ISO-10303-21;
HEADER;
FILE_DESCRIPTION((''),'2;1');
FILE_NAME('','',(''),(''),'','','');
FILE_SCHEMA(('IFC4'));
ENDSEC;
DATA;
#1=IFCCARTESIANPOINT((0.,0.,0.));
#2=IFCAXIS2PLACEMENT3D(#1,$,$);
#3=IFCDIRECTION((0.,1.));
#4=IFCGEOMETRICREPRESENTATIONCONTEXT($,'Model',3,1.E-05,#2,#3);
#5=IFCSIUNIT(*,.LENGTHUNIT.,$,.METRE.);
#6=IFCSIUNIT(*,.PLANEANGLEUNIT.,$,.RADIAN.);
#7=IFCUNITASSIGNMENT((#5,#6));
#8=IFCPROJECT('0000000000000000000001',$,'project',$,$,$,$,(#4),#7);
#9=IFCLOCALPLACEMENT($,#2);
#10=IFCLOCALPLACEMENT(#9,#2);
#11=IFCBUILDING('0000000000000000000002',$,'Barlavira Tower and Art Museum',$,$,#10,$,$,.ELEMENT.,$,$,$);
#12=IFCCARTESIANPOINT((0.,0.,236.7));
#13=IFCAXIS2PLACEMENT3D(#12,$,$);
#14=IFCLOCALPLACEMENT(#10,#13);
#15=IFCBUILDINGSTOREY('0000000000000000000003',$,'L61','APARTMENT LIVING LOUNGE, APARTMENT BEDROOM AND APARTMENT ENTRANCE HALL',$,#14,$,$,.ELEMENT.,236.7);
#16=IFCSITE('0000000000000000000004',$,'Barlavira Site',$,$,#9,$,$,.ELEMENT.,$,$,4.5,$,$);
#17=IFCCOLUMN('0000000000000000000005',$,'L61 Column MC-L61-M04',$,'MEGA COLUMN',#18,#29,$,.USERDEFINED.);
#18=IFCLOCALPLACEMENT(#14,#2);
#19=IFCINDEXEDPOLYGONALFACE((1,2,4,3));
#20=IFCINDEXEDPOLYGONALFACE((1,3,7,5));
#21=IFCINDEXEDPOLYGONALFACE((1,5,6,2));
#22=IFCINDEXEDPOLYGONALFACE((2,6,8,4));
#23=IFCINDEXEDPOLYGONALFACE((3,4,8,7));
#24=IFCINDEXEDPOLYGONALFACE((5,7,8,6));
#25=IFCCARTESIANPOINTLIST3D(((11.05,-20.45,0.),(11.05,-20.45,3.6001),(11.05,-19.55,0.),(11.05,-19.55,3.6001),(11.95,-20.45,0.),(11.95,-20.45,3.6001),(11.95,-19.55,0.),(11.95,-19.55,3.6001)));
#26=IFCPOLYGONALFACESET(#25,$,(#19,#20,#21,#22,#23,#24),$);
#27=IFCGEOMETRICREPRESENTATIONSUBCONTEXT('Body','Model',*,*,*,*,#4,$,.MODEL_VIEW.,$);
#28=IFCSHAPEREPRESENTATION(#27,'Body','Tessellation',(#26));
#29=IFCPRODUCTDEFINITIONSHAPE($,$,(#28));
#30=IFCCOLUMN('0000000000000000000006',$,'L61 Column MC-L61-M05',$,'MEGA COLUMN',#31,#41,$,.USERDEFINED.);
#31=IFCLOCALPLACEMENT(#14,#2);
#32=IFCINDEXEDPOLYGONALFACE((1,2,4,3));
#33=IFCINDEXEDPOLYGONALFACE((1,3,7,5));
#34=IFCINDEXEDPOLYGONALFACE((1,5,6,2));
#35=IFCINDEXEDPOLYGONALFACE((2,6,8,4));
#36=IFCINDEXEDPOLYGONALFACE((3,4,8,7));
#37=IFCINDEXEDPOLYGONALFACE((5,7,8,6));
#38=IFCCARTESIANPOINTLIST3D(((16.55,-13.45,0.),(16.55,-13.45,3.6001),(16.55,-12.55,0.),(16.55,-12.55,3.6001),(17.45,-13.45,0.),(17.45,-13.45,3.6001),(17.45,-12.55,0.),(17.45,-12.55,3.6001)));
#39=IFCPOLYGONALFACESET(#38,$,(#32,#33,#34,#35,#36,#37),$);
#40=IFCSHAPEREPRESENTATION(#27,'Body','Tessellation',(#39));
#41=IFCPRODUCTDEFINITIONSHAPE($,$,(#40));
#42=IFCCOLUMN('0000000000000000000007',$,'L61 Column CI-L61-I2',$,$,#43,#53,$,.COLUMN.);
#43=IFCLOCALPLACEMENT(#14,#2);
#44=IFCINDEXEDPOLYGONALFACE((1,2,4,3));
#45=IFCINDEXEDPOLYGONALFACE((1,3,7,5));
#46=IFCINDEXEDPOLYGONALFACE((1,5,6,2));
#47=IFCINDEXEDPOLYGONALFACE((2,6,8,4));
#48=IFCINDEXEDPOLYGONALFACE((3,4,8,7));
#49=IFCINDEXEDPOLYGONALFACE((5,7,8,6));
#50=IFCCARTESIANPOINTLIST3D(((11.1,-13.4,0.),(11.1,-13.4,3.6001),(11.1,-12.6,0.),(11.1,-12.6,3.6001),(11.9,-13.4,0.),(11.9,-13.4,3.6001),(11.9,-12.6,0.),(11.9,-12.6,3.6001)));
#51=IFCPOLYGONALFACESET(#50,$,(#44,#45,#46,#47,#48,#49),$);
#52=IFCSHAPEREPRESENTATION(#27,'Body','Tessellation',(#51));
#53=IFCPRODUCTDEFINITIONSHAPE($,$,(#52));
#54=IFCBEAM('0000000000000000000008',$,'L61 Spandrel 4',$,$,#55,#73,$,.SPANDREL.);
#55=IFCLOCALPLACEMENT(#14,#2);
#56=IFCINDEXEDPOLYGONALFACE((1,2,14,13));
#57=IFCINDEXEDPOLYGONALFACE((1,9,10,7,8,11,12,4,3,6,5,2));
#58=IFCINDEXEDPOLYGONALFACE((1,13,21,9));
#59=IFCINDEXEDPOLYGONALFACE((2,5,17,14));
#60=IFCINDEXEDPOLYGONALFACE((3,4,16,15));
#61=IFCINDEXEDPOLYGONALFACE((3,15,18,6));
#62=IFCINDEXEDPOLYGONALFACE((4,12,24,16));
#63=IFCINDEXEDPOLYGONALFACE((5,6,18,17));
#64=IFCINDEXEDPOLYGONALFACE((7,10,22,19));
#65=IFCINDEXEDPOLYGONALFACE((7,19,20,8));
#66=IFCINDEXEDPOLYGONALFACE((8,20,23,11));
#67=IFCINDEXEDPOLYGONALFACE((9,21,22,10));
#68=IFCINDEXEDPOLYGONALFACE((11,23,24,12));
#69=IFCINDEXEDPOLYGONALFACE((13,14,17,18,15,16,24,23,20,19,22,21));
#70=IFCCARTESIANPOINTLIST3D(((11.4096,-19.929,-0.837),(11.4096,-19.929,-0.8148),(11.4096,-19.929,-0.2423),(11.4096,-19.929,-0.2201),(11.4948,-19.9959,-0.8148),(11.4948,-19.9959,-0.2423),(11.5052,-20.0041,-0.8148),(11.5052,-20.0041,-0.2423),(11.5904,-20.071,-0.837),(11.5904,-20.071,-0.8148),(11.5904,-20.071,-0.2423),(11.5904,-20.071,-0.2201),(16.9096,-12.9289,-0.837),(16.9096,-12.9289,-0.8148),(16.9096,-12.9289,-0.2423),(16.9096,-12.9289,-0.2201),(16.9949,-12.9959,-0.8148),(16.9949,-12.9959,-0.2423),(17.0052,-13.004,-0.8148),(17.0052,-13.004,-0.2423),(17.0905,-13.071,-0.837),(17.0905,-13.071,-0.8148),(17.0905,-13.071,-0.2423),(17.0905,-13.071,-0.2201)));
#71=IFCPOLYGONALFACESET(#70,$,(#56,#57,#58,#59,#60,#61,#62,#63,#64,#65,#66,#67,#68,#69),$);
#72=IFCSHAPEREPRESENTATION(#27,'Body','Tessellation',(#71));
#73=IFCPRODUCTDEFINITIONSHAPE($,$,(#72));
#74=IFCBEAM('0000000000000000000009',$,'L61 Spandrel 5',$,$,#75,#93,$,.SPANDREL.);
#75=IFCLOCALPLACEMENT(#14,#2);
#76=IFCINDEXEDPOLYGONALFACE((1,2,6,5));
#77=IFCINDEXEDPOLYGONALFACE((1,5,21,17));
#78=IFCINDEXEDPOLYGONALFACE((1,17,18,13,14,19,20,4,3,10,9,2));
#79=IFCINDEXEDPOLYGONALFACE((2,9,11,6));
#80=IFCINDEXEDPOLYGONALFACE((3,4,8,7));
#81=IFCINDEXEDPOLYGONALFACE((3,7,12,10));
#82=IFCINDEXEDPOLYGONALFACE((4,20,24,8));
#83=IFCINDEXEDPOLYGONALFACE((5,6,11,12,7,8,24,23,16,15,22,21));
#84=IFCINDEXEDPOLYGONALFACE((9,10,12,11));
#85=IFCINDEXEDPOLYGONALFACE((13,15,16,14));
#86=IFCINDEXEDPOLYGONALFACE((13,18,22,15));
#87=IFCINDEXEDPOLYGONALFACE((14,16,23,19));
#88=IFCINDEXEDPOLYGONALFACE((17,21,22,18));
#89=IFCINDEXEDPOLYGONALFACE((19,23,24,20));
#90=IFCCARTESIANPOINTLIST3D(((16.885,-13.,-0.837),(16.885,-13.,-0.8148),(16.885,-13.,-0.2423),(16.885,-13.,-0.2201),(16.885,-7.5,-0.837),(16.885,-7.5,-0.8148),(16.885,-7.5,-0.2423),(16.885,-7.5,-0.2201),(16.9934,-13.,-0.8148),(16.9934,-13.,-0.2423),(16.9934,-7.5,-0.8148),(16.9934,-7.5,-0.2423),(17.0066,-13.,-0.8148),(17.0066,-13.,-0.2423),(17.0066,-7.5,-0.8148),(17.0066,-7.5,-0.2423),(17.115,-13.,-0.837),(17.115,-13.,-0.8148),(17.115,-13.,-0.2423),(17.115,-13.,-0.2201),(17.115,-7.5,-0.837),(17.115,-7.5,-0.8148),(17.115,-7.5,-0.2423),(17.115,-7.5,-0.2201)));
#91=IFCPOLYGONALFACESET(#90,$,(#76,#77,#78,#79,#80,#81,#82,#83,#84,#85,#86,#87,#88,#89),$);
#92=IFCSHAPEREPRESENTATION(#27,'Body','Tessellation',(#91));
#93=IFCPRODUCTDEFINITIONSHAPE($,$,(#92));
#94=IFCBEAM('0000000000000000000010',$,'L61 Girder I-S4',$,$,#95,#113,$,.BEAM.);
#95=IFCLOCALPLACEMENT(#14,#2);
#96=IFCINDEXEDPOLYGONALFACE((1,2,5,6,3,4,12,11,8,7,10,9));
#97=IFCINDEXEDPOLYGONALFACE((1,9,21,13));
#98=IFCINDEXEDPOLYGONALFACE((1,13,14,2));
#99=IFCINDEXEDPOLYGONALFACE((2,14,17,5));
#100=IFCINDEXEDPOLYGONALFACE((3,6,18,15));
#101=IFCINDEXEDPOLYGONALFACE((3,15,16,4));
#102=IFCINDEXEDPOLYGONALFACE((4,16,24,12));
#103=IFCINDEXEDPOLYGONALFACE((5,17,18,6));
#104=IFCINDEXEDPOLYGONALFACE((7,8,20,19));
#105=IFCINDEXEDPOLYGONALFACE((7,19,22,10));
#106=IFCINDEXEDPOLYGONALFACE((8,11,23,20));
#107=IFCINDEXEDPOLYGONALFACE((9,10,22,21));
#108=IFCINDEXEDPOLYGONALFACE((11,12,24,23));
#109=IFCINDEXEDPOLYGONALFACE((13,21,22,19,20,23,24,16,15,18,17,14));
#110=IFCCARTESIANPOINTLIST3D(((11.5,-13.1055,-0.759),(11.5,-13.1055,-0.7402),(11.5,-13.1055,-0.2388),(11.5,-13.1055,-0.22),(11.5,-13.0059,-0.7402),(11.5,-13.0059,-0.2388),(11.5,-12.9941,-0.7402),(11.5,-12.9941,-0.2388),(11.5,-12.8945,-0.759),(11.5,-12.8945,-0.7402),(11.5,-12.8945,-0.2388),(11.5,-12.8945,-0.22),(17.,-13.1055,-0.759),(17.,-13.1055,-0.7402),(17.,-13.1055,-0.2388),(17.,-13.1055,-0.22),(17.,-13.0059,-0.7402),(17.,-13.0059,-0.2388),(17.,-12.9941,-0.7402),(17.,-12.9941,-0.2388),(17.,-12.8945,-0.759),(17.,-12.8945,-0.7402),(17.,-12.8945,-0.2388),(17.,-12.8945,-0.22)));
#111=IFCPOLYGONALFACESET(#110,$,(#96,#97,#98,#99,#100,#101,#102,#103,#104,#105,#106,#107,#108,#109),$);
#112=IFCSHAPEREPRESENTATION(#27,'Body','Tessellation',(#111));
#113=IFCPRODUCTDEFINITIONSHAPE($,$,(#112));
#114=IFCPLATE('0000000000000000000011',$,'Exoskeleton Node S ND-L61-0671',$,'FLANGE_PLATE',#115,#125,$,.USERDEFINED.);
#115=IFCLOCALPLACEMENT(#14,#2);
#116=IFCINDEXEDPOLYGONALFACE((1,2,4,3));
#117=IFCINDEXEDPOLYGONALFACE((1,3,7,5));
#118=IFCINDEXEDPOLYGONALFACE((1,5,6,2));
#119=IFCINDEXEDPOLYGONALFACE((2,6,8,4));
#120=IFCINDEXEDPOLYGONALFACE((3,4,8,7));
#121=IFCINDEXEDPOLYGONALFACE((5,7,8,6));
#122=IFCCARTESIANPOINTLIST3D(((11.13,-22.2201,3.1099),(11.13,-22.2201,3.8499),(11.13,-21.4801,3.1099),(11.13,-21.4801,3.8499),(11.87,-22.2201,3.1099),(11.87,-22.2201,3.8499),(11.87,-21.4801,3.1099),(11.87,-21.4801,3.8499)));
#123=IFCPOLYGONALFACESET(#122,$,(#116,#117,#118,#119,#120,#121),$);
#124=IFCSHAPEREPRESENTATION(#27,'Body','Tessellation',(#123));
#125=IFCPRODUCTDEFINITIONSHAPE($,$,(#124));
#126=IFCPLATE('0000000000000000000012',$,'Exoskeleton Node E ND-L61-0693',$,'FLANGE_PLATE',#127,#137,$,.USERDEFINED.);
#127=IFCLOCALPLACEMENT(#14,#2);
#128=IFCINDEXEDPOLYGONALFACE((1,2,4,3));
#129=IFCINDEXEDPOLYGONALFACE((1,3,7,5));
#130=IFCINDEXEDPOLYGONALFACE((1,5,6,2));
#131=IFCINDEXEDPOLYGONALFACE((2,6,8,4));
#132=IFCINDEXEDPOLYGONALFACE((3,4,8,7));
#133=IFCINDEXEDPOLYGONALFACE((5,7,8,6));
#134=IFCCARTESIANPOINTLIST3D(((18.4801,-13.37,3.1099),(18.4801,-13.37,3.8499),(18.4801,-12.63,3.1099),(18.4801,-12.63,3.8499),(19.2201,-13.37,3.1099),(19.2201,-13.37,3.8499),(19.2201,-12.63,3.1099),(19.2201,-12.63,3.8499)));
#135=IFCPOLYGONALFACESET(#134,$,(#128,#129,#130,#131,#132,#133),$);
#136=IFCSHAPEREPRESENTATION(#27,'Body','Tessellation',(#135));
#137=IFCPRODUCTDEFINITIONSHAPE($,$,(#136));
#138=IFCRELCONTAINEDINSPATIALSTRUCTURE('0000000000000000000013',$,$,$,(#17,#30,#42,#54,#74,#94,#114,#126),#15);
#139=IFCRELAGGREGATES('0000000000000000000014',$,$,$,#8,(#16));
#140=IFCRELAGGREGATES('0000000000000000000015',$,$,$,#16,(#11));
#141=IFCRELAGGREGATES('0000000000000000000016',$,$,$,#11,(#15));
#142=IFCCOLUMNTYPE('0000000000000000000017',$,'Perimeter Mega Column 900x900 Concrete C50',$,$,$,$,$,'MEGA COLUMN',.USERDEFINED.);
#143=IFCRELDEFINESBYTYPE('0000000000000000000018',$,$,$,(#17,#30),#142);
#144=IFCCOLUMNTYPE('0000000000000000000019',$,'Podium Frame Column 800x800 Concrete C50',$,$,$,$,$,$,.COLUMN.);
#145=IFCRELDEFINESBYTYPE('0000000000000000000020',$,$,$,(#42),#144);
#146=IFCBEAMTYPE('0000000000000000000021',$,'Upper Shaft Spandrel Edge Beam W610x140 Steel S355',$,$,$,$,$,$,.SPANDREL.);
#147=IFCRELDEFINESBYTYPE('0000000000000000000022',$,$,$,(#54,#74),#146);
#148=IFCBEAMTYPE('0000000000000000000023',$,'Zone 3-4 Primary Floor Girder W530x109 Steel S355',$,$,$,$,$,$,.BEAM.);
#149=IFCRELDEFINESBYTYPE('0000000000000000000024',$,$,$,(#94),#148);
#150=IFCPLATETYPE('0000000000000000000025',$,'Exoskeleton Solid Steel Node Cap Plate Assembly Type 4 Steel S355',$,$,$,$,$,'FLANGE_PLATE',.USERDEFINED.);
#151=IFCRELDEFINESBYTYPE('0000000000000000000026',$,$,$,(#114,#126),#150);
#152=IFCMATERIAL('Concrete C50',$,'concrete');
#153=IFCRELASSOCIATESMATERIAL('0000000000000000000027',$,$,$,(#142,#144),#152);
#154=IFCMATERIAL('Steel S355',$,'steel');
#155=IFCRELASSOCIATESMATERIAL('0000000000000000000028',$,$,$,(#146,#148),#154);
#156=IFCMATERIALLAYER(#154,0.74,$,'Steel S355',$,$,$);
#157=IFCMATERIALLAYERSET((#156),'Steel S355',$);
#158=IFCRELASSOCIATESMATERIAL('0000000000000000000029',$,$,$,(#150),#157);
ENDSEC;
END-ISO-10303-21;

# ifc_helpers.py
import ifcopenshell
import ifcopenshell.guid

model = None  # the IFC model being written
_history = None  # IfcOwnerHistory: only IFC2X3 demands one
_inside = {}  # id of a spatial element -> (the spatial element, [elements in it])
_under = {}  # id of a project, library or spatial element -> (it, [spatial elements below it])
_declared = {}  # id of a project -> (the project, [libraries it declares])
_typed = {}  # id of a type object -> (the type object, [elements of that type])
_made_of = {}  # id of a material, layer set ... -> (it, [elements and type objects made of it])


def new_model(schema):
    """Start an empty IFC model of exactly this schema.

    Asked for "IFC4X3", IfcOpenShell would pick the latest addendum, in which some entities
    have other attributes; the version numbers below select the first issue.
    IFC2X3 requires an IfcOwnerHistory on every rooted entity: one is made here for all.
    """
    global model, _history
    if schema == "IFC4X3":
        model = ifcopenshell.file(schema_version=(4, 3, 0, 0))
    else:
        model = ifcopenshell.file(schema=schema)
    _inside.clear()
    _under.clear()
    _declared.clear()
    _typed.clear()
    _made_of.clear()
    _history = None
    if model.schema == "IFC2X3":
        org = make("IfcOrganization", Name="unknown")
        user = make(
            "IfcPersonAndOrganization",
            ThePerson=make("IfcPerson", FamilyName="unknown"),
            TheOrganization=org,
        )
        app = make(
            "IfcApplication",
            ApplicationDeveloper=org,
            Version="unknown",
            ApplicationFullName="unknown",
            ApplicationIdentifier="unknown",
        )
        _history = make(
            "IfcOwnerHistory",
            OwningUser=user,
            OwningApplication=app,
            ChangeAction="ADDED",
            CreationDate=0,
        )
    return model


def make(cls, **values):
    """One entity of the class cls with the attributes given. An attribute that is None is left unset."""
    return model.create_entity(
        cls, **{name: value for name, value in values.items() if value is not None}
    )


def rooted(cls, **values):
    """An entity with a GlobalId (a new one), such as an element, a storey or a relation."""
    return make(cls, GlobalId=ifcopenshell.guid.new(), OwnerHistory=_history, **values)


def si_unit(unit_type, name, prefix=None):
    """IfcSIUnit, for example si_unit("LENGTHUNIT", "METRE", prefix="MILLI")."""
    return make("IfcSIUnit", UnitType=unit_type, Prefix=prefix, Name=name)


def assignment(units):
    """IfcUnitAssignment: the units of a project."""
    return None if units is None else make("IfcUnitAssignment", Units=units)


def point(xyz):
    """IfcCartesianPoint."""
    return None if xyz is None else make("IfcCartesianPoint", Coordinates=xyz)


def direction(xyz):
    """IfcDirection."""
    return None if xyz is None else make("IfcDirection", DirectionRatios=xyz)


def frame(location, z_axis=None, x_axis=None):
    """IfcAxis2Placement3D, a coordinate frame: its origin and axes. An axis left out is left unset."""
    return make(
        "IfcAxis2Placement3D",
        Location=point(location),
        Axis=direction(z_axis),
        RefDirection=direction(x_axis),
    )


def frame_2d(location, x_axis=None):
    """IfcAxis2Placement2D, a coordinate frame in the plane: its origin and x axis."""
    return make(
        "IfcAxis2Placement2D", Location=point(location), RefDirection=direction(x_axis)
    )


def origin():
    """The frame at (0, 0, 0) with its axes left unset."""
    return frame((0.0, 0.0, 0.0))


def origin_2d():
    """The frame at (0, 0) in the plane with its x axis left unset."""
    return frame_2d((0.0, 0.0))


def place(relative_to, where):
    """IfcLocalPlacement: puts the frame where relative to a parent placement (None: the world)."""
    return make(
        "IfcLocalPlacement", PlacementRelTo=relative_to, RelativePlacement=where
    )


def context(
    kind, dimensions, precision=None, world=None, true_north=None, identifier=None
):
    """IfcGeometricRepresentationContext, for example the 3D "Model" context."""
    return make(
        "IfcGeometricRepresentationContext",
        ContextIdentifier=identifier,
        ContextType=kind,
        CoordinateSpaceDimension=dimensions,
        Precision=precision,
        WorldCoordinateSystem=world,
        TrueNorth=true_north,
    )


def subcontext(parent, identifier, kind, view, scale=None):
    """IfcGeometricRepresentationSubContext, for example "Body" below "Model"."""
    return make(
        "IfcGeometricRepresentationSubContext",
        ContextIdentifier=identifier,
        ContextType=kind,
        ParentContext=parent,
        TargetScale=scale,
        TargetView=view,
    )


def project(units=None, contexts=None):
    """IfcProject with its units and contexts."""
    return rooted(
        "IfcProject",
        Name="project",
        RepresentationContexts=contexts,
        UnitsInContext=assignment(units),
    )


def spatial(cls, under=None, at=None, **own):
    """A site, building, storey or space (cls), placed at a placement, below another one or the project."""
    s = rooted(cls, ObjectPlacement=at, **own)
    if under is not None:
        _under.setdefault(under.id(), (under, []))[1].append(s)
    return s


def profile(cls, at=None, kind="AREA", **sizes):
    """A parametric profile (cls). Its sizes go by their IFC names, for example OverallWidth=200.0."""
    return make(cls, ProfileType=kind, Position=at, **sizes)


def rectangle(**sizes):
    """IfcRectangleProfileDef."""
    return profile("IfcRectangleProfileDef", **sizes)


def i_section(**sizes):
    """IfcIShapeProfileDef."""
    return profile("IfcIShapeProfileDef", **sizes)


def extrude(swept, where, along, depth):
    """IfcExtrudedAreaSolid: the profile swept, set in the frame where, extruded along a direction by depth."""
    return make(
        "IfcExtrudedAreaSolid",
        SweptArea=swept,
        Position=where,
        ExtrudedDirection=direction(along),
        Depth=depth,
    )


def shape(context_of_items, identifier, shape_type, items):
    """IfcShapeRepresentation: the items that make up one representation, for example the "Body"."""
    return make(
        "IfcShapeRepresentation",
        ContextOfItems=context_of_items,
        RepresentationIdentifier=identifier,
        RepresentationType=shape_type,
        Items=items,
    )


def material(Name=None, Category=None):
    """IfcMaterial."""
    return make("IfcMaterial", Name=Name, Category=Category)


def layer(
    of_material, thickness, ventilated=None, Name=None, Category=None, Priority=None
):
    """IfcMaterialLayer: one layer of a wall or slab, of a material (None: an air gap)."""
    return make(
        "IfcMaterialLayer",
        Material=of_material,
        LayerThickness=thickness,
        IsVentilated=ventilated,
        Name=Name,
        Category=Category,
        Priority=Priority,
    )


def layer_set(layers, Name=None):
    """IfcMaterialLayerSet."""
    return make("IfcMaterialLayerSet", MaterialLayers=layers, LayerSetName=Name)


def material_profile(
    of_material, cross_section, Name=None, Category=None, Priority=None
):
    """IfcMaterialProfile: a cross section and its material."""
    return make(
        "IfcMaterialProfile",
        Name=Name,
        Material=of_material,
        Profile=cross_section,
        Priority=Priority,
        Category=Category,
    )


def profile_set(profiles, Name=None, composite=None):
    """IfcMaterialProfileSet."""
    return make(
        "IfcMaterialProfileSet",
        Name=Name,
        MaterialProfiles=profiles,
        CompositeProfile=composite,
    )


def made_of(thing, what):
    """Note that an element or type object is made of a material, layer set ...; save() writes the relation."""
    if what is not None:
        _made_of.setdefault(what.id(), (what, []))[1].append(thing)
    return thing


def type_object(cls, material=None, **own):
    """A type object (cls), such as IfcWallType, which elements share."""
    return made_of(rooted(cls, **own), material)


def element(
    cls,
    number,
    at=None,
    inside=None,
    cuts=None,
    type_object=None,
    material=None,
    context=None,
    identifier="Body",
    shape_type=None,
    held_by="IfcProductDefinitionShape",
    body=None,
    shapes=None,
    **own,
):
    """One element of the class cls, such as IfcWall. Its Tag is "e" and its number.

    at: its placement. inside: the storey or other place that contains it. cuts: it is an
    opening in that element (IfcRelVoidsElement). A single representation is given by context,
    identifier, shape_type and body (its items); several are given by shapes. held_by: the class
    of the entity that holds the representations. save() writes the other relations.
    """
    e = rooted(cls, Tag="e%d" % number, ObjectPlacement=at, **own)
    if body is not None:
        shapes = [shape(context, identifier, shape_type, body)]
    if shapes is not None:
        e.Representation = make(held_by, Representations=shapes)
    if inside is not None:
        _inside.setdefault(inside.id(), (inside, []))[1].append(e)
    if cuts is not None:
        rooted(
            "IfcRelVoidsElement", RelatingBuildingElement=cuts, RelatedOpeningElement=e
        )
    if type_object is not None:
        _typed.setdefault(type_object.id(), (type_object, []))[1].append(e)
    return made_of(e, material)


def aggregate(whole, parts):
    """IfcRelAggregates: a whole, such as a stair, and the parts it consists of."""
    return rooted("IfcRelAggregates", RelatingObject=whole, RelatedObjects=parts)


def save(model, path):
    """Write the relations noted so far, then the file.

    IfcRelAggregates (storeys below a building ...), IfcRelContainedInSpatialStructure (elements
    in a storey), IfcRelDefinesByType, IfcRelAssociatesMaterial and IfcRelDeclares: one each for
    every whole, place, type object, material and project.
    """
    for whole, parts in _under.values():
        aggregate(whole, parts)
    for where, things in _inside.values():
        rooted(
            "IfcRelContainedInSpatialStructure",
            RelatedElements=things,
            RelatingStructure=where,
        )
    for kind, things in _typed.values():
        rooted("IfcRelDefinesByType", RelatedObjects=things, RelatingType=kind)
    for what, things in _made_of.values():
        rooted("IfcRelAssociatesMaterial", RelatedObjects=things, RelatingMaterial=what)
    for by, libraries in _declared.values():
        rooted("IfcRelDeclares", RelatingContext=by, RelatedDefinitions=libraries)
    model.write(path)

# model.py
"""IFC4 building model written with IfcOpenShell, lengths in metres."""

from ifc_helpers import new_model, si_unit, direction, frame, origin, origin_2d, place, context, subcontext, project, spatial, rectangle, i_section, extrude, material, layer, layer_set, material_profile, profile_set, type_object, element, save


model = new_model("IFC4")

# Units and contexts
model_context = context("Model", 3, precision=1e-05, world=origin(), true_north=direction((0.0, 1.0)))
body_context = subcontext(model_context, "Body", "Model", "MODEL_VIEW")
ifc_project = project(units=[si_unit("LENGTHUNIT", "METRE"), si_unit("PLANEANGLEUNIT", "RADIAN")], contexts=[model_context])

# Site, building, storey
site_placement = place(None, origin())
site = spatial("IfcSite", under=ifc_project, at=site_placement, Name="Barlavira Site", CompositionType="ELEMENT", RefElevation=4.5)
building_placement = place(site_placement, origin())
building = spatial("IfcBuilding", under=site, at=building_placement, Name="Barlavira Tower and Art Museum", CompositionType="ELEMENT")
storey_placement = place(building_placement, frame((0.0, 0.0, 236.7)))
storey = spatial("IfcBuildingStorey", under=building, at=storey_placement, Name="L61", Description="APARTMENT LIVING LOUNGE, APARTMENT BEDROOM AND APARTMENT ENTRANCE HALL", CompositionType="ELEMENT", Elevation=236.7)

# Columns
ifc_material_1 = material(Name="Concrete C50", Category="concrete")
ifc_material_profile_1 = material_profile(ifc_material_1, rectangle(XDim=0.8999, YDim=0.8999, at=origin_2d()), Name="RC-COL 900x900")
ifc_profile_set_1 = profile_set([ifc_material_profile_1], Name="Concrete C50")
column_type_1 = type_object("IfcColumnType", Name="Perimeter Mega Column 900x900 Concrete C50", ElementType="MEGA COLUMN", PredefinedType="USERDEFINED", material=ifc_profile_set_1)
for number, where, z_axis, x_axis, name in (
    (1, (11.5, -20.0, 0.0), (0.0, 0.0, 1.0), (1.0, 0.0, 0.0), "L61 Column MC-L61-M04"),
    (2, (17.0, -13.0, 0.0), (0.0, 0.0, 1.0), (1.0, 0.0, 0.0), "L61 Column MC-L61-M05"),
):
    element("IfcColumn", number, at=place(storey_placement, frame(where, z_axis=z_axis, x_axis=x_axis)), inside=storey, type_object=column_type_1, Name=name, ObjectType="MEGA COLUMN", PredefinedType="USERDEFINED", context=body_context, shape_type="SweptSolid", body=[
        extrude(rectangle(XDim=0.8999, YDim=0.8999, at=origin_2d()), origin(), (0.0, 0.0, 1.0), 3.6001),
    ])
ifc_material_profile_2 = material_profile(ifc_material_1, rectangle(XDim=0.8, YDim=0.8, at=origin_2d()), Name="RC-COL 800x800")
ifc_profile_set_2 = profile_set([ifc_material_profile_2], Name="Concrete C50")
column_type_2 = type_object("IfcColumnType", Name="Podium Frame Column 800x800 Concrete C50", PredefinedType="COLUMN", material=ifc_profile_set_2)
column_placement = place(storey_placement, frame((11.5, -13.0, 0.0), z_axis=(0.0, 0.0, 1.0), x_axis=(1.0, 0.0, 0.0)))
element("IfcColumn", 3, at=column_placement, inside=storey, type_object=column_type_2, Name="L61 Column CI-L61-I2", PredefinedType="COLUMN", context=body_context, shape_type="SweptSolid", body=[
    extrude(rectangle(XDim=0.8, YDim=0.8, at=origin_2d()), origin(), (0.0, 0.0, 1.0), 3.6001),
])

# Beams
ifc_material_2 = material(Name="Steel S355", Category="steel")
ifc_material_profile_3 = material_profile(ifc_material_2, i_section(OverallWidth=0.23, OverallDepth=0.6169, WebThickness=0.0132, FlangeThickness=0.0222, at=origin_2d()), Name="W610x140.0")
ifc_profile_set_3 = profile_set([ifc_material_profile_3], Name="Steel S355")
beam_type_1 = type_object("IfcBeamType", Name="Upper Shaft Spandrel Edge Beam W610x140 Steel S355", PredefinedType="SPANDREL", material=ifc_profile_set_3)
beam_1_placement = place(storey_placement, frame((11.5, -20.0, -0.5286), z_axis=(0.617822, 0.786318, 0.0), x_axis=(-0.786318, 0.617822, 0.0)))
element("IfcBeam", 4, at=beam_1_placement, inside=storey, type_object=beam_type_1, Name="L61 Spandrel 4", PredefinedType="SPANDREL", context=body_context, shape_type="SweptSolid", body=[
    extrude(i_section(OverallWidth=0.23, OverallDepth=0.6169, WebThickness=0.0132, FlangeThickness=0.0222, at=origin_2d()), origin(), (0.0, 0.0, 1.0), 8.9023),
])
beam_2_placement = place(storey_placement, frame((17.0, -13.0, -0.5286), z_axis=(0.0, 1.0, 0.0), x_axis=(-1.0, 0.0, 0.0)))
element("IfcBeam", 5, at=beam_2_placement, inside=storey, type_object=beam_type_1, Name="L61 Spandrel 5", PredefinedType="SPANDREL", context=body_context, shape_type="SweptSolid", body=[
    extrude(i_section(OverallWidth=0.23, OverallDepth=0.6169, WebThickness=0.0132, FlangeThickness=0.0222, at=origin_2d()), origin(), (0.0, 0.0, 1.0), 5.5),
])
ifc_material_profile_4 = material_profile(ifc_material_2, i_section(OverallWidth=0.2109, OverallDepth=0.5391, WebThickness=0.0117, FlangeThickness=0.0188, at=origin_2d()), Name="W530x109.0")
ifc_profile_set_4 = profile_set([ifc_material_profile_4], Name="Steel S355")
beam_type_2 = type_object("IfcBeamType", Name="Zone 3-4 Primary Floor Girder W530x109 Steel S355", PredefinedType="BEAM", material=ifc_profile_set_4)
beam_3_placement = place(storey_placement, frame((11.5, -13.0, -0.4895), z_axis=(1.0, 0.0, 0.0), x_axis=(0.0, 1.0, 0.0)))
element("IfcBeam", 6, at=beam_3_placement, inside=storey, type_object=beam_type_2, Name="L61 Girder I-S4", PredefinedType="BEAM", context=body_context, shape_type="SweptSolid", body=[
    extrude(i_section(OverallWidth=0.2109, OverallDepth=0.5391, WebThickness=0.0117, FlangeThickness=0.0188, at=origin_2d()), origin(), (0.0, 0.0, 1.0), 5.5),
])

# Plates
ifc_layer_1 = layer(ifc_material_2, 0.74, Name="Steel S355")
ifc_layer_set_1 = layer_set([ifc_layer_1], Name="Steel S355")
plate_type = type_object("IfcPlateType", Name="Exoskeleton Solid Steel Node Cap Plate Assembly Type 4 Steel S355", ElementType="FLANGE_PLATE", PredefinedType="USERDEFINED", material=ifc_layer_set_1)
for number, where, z_axis, x_axis, name in (
    (7, (11.5, -21.8501, 3.1099), (0.0, 0.0, 1.0), (1.0, 0.0, 0.0), "Exoskeleton Node S ND-L61-0671"),
    (8, (18.8501, -13.0, 3.1099), (0.0, 0.0, 1.0), (1.0, 0.0, 0.0), "Exoskeleton Node E ND-L61-0693"),
):
    element("IfcPlate", number, at=place(storey_placement, frame(where, z_axis=z_axis, x_axis=x_axis)), inside=storey, type_object=plate_type, Name=name, ObjectType="FLANGE_PLATE", PredefinedType="USERDEFINED", context=body_context, shape_type="SweptSolid", body=[
        extrude(rectangle(XDim=0.74, YDim=0.74, at=origin_2d()), origin(), (0.0, 0.0, 1.0), 0.74),
    ])

save(model, "model.ifc")
